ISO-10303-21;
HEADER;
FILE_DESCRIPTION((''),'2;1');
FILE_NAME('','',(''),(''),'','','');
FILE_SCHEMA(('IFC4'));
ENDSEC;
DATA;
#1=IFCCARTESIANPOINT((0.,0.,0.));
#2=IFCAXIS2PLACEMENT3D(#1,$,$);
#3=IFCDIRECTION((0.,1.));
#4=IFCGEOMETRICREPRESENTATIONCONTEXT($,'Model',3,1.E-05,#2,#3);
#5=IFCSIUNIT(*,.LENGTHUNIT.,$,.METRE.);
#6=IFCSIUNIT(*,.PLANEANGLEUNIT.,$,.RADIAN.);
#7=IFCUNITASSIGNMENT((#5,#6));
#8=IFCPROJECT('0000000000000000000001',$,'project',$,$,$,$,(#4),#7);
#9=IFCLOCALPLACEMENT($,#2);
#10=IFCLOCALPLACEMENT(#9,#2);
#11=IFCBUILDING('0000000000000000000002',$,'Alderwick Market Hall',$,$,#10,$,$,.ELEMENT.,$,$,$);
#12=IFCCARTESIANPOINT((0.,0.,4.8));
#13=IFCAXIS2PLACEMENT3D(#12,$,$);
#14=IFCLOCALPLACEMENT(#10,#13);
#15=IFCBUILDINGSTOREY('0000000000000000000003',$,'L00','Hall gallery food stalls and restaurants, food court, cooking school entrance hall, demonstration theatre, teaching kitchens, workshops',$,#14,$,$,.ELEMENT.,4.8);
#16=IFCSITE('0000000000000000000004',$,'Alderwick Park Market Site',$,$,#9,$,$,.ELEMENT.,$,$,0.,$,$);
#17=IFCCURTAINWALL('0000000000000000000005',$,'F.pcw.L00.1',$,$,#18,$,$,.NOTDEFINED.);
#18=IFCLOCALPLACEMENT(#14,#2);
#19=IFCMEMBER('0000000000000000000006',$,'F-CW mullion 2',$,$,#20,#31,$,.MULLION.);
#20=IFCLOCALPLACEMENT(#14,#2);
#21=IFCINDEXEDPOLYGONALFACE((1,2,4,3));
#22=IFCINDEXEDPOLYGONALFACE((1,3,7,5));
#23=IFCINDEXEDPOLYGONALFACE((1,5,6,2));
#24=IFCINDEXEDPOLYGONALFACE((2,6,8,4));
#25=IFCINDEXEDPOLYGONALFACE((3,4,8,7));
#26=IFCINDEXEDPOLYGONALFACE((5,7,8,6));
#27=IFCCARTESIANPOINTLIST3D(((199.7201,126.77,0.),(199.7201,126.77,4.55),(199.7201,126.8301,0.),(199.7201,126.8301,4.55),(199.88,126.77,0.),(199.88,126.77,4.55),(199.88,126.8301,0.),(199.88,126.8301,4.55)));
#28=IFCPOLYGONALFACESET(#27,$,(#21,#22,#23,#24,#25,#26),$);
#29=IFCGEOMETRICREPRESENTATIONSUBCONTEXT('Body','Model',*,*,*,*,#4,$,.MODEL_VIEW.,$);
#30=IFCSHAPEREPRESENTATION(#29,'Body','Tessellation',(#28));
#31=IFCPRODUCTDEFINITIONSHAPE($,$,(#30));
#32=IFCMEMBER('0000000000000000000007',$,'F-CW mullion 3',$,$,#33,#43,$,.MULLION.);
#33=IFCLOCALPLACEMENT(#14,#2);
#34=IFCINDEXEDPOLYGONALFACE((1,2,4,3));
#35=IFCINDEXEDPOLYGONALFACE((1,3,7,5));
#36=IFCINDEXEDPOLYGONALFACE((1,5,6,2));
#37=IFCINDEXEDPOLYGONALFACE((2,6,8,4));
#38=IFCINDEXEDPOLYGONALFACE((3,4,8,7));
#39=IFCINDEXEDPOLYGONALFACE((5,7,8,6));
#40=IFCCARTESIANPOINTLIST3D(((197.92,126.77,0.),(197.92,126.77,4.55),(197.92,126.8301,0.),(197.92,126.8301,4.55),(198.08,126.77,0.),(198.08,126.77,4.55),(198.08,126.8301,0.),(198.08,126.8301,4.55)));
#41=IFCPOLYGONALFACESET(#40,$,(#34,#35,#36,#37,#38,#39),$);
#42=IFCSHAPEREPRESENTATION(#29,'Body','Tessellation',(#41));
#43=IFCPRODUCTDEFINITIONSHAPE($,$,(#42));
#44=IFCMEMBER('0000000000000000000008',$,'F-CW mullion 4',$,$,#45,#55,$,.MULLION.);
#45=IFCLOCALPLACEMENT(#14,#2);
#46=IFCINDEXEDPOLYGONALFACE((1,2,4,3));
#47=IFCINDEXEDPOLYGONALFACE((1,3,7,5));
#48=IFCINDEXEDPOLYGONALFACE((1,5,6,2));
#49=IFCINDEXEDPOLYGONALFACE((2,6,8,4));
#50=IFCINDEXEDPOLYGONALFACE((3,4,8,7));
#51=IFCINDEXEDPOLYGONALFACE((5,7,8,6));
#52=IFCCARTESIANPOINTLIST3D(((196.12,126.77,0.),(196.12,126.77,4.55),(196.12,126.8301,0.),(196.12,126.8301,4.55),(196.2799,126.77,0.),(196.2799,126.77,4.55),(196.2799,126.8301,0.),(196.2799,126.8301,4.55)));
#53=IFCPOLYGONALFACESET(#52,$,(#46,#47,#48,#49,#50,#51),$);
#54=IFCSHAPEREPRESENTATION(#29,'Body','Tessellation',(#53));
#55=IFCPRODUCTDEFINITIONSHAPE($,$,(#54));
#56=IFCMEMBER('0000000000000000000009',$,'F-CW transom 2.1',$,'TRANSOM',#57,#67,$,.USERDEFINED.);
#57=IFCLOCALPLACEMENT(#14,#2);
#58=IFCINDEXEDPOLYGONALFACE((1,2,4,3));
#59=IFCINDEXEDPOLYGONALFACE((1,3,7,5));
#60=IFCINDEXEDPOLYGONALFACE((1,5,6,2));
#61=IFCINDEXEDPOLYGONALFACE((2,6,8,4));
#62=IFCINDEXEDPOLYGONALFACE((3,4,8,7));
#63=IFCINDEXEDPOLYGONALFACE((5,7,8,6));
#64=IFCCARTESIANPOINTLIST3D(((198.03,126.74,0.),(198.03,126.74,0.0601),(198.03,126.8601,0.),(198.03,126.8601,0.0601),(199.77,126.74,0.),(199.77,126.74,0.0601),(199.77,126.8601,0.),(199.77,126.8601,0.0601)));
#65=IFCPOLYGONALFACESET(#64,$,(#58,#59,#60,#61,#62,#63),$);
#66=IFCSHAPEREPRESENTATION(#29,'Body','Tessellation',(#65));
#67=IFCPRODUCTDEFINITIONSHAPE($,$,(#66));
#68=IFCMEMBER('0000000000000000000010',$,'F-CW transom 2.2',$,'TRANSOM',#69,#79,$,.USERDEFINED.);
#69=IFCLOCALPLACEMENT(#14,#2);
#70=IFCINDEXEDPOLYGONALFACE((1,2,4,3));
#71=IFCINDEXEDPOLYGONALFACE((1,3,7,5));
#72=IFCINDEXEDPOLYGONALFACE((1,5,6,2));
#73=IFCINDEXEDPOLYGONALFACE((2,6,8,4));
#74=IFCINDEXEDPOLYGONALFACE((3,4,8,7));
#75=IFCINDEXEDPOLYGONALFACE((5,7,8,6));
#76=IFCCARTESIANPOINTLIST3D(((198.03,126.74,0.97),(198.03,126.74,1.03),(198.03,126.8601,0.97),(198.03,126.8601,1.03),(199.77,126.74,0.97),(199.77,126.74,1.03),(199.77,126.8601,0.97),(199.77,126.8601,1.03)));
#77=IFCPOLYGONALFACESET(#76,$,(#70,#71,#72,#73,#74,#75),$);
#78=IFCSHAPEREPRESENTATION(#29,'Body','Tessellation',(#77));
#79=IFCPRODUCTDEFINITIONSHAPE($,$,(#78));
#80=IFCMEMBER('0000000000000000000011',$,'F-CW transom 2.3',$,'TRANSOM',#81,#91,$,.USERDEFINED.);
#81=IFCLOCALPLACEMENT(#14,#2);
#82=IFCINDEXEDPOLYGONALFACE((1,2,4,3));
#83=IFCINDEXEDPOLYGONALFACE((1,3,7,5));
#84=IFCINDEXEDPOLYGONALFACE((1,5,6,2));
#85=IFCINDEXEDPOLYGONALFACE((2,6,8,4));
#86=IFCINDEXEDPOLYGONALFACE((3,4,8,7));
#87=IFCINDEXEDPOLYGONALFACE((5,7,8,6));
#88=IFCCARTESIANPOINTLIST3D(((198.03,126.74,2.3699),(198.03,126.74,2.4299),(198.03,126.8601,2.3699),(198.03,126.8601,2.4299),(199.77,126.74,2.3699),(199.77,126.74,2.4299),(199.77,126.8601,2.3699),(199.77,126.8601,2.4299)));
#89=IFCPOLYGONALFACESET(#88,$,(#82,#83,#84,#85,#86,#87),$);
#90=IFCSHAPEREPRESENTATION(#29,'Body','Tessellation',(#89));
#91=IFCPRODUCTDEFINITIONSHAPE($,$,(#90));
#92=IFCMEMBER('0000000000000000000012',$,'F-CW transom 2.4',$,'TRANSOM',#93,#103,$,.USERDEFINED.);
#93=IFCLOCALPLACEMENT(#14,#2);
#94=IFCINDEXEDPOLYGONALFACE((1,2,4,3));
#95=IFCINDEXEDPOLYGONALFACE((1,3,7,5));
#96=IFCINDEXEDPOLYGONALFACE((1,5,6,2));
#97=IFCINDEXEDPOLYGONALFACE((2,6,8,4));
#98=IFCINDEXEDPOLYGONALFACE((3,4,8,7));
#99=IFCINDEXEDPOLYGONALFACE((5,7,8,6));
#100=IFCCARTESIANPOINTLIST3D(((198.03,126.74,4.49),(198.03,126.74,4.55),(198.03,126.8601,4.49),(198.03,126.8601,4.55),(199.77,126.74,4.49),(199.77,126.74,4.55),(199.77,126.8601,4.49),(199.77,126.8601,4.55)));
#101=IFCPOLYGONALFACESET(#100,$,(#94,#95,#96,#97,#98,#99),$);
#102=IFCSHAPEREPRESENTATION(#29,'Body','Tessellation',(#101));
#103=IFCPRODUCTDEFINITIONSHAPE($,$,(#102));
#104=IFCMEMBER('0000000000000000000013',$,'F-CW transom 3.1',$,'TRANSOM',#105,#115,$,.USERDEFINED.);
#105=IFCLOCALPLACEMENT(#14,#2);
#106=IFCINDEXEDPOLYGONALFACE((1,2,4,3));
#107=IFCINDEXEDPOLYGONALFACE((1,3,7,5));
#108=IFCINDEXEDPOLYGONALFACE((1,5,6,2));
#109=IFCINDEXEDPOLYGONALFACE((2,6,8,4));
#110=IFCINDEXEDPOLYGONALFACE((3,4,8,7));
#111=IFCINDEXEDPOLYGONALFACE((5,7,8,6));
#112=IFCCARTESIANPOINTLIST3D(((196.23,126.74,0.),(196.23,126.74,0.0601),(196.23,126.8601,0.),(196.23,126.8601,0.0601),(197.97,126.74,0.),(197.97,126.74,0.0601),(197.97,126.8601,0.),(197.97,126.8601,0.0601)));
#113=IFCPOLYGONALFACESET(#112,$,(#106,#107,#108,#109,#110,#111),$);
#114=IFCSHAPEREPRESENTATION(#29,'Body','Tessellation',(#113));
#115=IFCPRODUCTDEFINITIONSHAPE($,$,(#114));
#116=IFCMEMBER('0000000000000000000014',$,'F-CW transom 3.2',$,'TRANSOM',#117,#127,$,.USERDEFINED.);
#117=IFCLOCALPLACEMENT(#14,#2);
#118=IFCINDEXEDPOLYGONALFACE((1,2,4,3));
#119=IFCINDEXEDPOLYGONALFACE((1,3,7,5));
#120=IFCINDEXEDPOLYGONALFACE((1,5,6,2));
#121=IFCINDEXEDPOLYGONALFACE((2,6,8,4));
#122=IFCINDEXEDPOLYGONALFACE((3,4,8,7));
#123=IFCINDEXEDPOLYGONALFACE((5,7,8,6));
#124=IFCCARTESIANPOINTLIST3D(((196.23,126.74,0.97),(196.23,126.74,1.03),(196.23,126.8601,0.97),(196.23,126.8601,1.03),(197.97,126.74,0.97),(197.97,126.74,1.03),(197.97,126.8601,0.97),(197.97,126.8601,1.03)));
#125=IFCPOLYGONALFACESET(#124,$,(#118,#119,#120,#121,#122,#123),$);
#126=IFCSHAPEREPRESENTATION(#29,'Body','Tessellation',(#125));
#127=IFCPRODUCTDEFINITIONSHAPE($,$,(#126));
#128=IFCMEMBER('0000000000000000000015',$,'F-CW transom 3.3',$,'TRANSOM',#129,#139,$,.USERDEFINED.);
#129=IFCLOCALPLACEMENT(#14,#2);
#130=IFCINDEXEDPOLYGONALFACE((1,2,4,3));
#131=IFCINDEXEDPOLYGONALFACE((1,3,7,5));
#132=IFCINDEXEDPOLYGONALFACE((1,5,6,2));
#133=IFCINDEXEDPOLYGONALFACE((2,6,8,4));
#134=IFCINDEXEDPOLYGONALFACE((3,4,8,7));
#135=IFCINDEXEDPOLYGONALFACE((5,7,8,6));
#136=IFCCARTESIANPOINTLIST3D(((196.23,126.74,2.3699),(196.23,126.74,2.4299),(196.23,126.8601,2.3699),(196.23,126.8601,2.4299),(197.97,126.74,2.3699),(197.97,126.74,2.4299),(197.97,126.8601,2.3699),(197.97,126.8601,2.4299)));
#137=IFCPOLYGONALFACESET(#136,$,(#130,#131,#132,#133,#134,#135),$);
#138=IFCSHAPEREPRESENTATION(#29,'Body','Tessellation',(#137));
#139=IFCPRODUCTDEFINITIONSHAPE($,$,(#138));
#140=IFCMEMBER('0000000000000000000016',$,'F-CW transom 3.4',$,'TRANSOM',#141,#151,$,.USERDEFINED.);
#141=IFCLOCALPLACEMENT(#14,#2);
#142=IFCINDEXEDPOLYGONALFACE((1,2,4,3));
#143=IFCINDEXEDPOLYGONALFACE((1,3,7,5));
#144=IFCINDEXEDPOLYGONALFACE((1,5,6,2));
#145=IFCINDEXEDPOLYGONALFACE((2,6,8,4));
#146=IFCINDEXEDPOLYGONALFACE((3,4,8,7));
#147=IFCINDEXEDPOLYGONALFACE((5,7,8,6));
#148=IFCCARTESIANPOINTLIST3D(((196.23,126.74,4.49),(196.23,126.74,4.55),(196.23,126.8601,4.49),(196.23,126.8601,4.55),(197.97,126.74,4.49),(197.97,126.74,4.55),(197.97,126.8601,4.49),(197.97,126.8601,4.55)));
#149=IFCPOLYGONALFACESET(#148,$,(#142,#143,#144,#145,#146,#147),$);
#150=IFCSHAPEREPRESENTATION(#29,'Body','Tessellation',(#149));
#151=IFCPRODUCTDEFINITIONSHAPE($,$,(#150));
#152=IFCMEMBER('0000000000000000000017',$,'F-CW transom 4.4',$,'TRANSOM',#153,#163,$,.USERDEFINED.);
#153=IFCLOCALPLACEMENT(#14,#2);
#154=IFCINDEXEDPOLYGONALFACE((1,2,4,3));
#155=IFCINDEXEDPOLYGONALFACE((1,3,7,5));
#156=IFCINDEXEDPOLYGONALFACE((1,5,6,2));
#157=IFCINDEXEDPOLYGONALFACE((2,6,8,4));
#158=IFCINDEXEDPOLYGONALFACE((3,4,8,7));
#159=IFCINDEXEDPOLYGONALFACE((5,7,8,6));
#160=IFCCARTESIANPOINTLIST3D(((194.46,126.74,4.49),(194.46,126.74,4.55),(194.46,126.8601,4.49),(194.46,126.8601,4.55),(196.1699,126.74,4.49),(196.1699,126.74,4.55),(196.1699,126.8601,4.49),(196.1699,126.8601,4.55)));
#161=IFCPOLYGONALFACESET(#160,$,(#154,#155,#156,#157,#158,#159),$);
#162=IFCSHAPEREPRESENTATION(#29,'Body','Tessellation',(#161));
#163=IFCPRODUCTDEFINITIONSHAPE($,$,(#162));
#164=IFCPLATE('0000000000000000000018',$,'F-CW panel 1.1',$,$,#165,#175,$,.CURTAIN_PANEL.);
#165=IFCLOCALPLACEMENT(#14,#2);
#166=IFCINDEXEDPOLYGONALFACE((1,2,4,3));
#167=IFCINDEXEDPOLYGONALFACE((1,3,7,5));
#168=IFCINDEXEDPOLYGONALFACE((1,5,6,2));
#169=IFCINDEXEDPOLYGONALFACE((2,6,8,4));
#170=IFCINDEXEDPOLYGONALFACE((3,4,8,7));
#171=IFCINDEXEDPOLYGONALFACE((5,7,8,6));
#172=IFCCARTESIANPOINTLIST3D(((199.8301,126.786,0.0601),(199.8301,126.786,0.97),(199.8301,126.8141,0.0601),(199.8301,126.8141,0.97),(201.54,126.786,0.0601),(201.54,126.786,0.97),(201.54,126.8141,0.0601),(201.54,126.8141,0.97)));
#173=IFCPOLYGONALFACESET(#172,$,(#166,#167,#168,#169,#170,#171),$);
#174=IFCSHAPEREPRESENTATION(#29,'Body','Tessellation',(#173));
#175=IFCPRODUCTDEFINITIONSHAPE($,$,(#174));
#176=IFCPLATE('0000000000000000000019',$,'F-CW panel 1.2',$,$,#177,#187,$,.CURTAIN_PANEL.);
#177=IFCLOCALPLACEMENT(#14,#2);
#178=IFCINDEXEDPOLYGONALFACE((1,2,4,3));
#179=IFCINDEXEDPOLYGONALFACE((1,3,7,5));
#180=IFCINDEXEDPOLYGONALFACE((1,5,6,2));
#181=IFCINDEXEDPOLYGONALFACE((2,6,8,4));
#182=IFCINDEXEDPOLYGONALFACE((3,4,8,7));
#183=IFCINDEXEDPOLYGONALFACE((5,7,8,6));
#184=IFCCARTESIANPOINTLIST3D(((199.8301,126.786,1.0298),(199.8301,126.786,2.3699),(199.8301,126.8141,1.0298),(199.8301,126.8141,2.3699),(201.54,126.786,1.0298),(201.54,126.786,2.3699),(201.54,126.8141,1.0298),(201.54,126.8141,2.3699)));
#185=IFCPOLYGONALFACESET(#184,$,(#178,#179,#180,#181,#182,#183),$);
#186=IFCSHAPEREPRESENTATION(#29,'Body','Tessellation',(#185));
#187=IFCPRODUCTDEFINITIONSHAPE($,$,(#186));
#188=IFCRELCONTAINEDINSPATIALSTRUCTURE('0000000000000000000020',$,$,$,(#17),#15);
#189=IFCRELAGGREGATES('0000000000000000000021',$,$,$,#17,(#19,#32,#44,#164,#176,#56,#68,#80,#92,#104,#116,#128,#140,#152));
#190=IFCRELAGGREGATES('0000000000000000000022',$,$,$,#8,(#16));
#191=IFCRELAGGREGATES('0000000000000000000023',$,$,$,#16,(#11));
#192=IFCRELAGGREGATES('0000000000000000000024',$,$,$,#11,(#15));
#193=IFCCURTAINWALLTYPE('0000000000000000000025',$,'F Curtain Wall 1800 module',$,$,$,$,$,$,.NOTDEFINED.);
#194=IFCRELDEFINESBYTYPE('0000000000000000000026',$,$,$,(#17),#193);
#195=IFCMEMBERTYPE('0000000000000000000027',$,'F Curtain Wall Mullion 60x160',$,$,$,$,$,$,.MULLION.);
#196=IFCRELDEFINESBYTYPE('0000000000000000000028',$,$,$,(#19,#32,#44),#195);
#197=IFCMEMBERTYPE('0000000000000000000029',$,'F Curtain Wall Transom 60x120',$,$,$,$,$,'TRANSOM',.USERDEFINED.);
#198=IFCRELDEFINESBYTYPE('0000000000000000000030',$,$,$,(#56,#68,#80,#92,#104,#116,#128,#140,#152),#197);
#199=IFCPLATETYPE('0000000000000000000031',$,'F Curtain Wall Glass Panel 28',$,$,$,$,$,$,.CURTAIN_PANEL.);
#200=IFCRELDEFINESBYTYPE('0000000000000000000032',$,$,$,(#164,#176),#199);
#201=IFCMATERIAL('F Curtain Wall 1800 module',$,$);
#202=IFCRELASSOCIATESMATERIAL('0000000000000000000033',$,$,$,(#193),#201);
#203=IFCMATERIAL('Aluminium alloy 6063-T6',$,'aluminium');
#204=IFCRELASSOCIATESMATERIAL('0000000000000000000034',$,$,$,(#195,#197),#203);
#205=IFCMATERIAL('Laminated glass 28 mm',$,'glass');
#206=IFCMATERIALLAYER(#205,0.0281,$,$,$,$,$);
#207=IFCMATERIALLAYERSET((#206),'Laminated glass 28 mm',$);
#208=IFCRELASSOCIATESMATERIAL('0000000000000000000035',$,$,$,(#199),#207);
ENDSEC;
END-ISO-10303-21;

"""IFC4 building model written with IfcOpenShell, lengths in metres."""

from ifc_helpers import new_model, si_unit, direction, frame, origin, origin_2d, place, context, subcontext, project, spatial, rectangle, extrude, material, layer, layer_set, material_profile, profile_set, type_object, element, aggregate, save


model = new_model("IFC4")

# Units and contexts
model_context = context("Model", 3, precision=1e-05, world=origin(), true_north=direction((0.0, 1.0)))
body_context = subcontext(model_context, "Body", "Model", "MODEL_VIEW")
ifc_project = project(units=[si_unit("LENGTHUNIT", "METRE"), si_unit("PLANEANGLEUNIT", "RADIAN")], contexts=[model_context])

# Site, building, storey
site_placement = place(None, origin())
site = spatial("IfcSite", under=ifc_project, at=site_placement, Name="Alderwick Park Market Site", CompositionType="ELEMENT", RefElevation=0.0)
building_placement = place(site_placement, origin())
building = spatial("IfcBuilding", under=site, at=building_placement, Name="Alderwick Market Hall", CompositionType="ELEMENT")
storey_placement = place(building_placement, frame((0.0, 0.0, 4.8)))
storey = spatial("IfcBuildingStorey", under=building, at=storey_placement, Name="L00", Description="Hall gallery food stalls and restaurants, food court, cooking school entrance hall, demonstration theatre, teaching kitchens, workshops", CompositionType="ELEMENT", Elevation=4.8)

# Curtain wall, members, plates
ifc_material_1 = material(Name="F Curtain Wall 1800 module")
curtain_wall_type = type_object("IfcCurtainWallType", Name="F Curtain Wall 1800 module", PredefinedType="NOTDEFINED", material=ifc_material_1)
curtain_wall_placement = place(storey_placement, origin())
curtain_wall = element("IfcCurtainWall", 1, at=curtain_wall_placement, inside=storey, type_object=curtain_wall_type, Name="F.pcw.L00.1", PredefinedType="NOTDEFINED")
ifc_material_2 = material(Name="Aluminium alloy 6063-T6", Category="aluminium")
ifc_material_profile_1 = material_profile(ifc_material_2, rectangle(XDim=0.0601, YDim=0.1599, at=origin_2d()), Name="AL 60x160")
ifc_profile_set_1 = profile_set([ifc_material_profile_1], Name="Aluminium alloy 6063-T6")
member_type_1 = type_object("IfcMemberType", Name="F Curtain Wall Mullion 60x160", PredefinedType="MULLION", material=ifc_profile_set_1)
member_1_placement = place(storey_placement, frame((199.8, 126.8, 0.0), z_axis=(0.0, 0.0, 1.0), x_axis=(0.0, -1.0, 0.0)))
member_1 = element("IfcMember", 2, at=member_1_placement, type_object=member_type_1, Name="F-CW mullion 2", PredefinedType="MULLION", context=body_context, shape_type="SweptSolid", body=[
    extrude(rectangle(XDim=0.0601, YDim=0.1599, at=origin_2d()), origin(), (0.0, 0.0, 1.0), 4.55),
])
member_2_placement = place(storey_placement, frame((198.0, 126.8, 0.0), z_axis=(0.0, 0.0, 1.0), x_axis=(0.0, -1.0, 0.0)))
member_2 = element("IfcMember", 3, at=member_2_placement, type_object=member_type_1, Name="F-CW mullion 3", PredefinedType="MULLION", context=body_context, shape_type="SweptSolid", body=[
    extrude(rectangle(XDim=0.0601, YDim=0.1599, at=origin_2d()), origin(), (0.0, 0.0, 1.0), 4.55),
])
member_3_placement = place(storey_placement, frame((196.2, 126.8, 0.0), z_axis=(0.0, 0.0, 1.0), x_axis=(0.0, -1.0, 0.0)))
member_3 = element("IfcMember", 4, at=member_3_placement, type_object=member_type_1, Name="F-CW mullion 4", PredefinedType="MULLION", context=body_context, shape_type="SweptSolid", body=[
    extrude(rectangle(XDim=0.0601, YDim=0.1599, at=origin_2d()), origin(), (0.0, 0.0, 1.0), 4.55),
])
ifc_material_profile_2 = material_profile(ifc_material_2, rectangle(XDim=0.1201, YDim=0.0601, at=origin_2d()), Name="AL 60x120")
ifc_profile_set_2 = profile_set([ifc_material_profile_2], Name="Aluminium alloy 6063-T6")
member_type_2 = type_object("IfcMemberType", Name="F Curtain Wall Transom 60x120", ElementType="TRANSOM", PredefinedType="USERDEFINED", material=ifc_profile_set_2)
member_4_placement = place(storey_placement, frame((199.77, 126.8, 0.03), z_axis=(-1.0, 0.0, 0.0), x_axis=(0.0, -1.0, 0.0)))
member_4 = element("IfcMember", 5, at=member_4_placement, type_object=member_type_2, Name="F-CW transom 2.1", ObjectType="TRANSOM", PredefinedType="USERDEFINED", context=body_context, shape_type="SweptSolid", body=[
    extrude(rectangle(XDim=0.1201, YDim=0.0601, at=origin_2d()), origin(), (0.0, 0.0, 1.0), 1.74),
])
member_5_placement = place(storey_placement, frame((199.77, 126.8, 1.0), z_axis=(-1.0, 0.0, 0.0), x_axis=(0.0, -1.0, 0.0)))
member_5 = element("IfcMember", 6, at=member_5_placement, type_object=member_type_2, Name="F-CW transom 2.2", ObjectType="TRANSOM", PredefinedType="USERDEFINED", context=body_context, shape_type="SweptSolid", body=[
    extrude(rectangle(XDim=0.1201, YDim=0.0601, at=origin_2d()), origin(), (0.0, 0.0, 1.0), 1.74),
])
member_6_placement = place(storey_placement, frame((199.77, 126.8, 2.3999), z_axis=(-1.0, 0.0, 0.0), x_axis=(0.0, -1.0, 0.0)))
member_6 = element("IfcMember", 7, at=member_6_placement, type_object=member_type_2, Name="F-CW transom 2.3", ObjectType="TRANSOM", PredefinedType="USERDEFINED", context=body_context, shape_type="SweptSolid", body=[
    extrude(rectangle(XDim=0.1201, YDim=0.0601, at=origin_2d()), origin(), (0.0, 0.0, 1.0), 1.74),
])
member_7_placement = place(storey_placement, frame((199.77, 126.8, 4.52), z_axis=(-1.0, 0.0, 0.0), x_axis=(0.0, -1.0, 0.0)))
member_7 = element("IfcMember", 8, at=member_7_placement, type_object=member_type_2, Name="F-CW transom 2.4", ObjectType="TRANSOM", PredefinedType="USERDEFINED", context=body_context, shape_type="SweptSolid", body=[
    extrude(rectangle(XDim=0.1201, YDim=0.0601, at=origin_2d()), origin(), (0.0, 0.0, 1.0), 1.74),
])
member_8_placement = place(storey_placement, frame((197.97, 126.8, 0.03), z_axis=(-1.0, 0.0, 0.0), x_axis=(0.0, -1.0, 0.0)))
member_8 = element("IfcMember", 9, at=member_8_placement, type_object=member_type_2, Name="F-CW transom 3.1", ObjectType="TRANSOM", PredefinedType="USERDEFINED", context=body_context, shape_type="SweptSolid", body=[
    extrude(rectangle(XDim=0.1201, YDim=0.0601, at=origin_2d()), origin(), (0.0, 0.0, 1.0), 1.74),
])
member_9_placement = place(storey_placement, frame((197.97, 126.8, 1.0), z_axis=(-1.0, 0.0, 0.0), x_axis=(0.0, -1.0, 0.0)))
member_9 = element("IfcMember", 10, at=member_9_placement, type_object=member_type_2, Name="F-CW transom 3.2", ObjectType="TRANSOM", PredefinedType="USERDEFINED", context=body_context, shape_type="SweptSolid", body=[
    extrude(rectangle(XDim=0.1201, YDim=0.0601, at=origin_2d()), origin(), (0.0, 0.0, 1.0), 1.74),
])
member_10_placement = place(storey_placement, frame((197.97, 126.8, 2.3999), z_axis=(-1.0, 0.0, 0.0), x_axis=(0.0, -1.0, 0.0)))
member_10 = element("IfcMember", 11, at=member_10_placement, type_object=member_type_2, Name="F-CW transom 3.3", ObjectType="TRANSOM", PredefinedType="USERDEFINED", context=body_context, shape_type="SweptSolid", body=[
    extrude(rectangle(XDim=0.1201, YDim=0.0601, at=origin_2d()), origin(), (0.0, 0.0, 1.0), 1.74),
])
member_11_placement = place(storey_placement, frame((197.97, 126.8, 4.52), z_axis=(-1.0, 0.0, 0.0), x_axis=(0.0, -1.0, 0.0)))
member_11 = element("IfcMember", 12, at=member_11_placement, type_object=member_type_2, Name="F-CW transom 3.4", ObjectType="TRANSOM", PredefinedType="USERDEFINED", context=body_context, shape_type="SweptSolid", body=[
    extrude(rectangle(XDim=0.1201, YDim=0.0601, at=origin_2d()), origin(), (0.0, 0.0, 1.0), 1.74),
])
member_12_placement = place(storey_placement, frame((196.1699, 126.8, 4.52), z_axis=(-1.0, 0.0, 0.0), x_axis=(0.0, -1.0, 0.0)))
member_12 = element("IfcMember", 13, at=member_12_placement, type_object=member_type_2, Name="F-CW transom 4.4", ObjectType="TRANSOM", PredefinedType="USERDEFINED", context=body_context, shape_type="SweptSolid", body=[
    extrude(rectangle(XDim=0.1201, YDim=0.0601, at=origin_2d()), origin(), (0.0, 0.0, 1.0), 1.71),
])
ifc_material_3 = material(Name="Laminated glass 28 mm", Category="glass")
ifc_layer = layer(ifc_material_3, 0.0281)
ifc_layer_set = layer_set([ifc_layer], Name="Laminated glass 28 mm")
plate_type = type_object("IfcPlateType", Name="F Curtain Wall Glass Panel 28", PredefinedType="CURTAIN_PANEL", material=ifc_layer_set)
plate_1_placement = place(storey_placement, frame((200.6851, 126.8, 0.0601), z_axis=(0.0, 0.0, 1.0), x_axis=(-1.0, 0.0, 0.0)))
plate_1 = element("IfcPlate", 14, at=plate_1_placement, type_object=plate_type, Name="F-CW panel 1.1", PredefinedType="CURTAIN_PANEL", context=body_context, shape_type="SweptSolid", body=[
    extrude(rectangle(XDim=1.71, YDim=0.0281, at=origin_2d()), origin(), (0.0, 0.0, 1.0), 0.9099),
])
plate_2_placement = place(storey_placement, frame((200.6851, 126.8, 1.0298), z_axis=(0.0, 0.0, 1.0), x_axis=(-1.0, 0.0, 0.0)))
plate_2 = element("IfcPlate", 15, at=plate_2_placement, type_object=plate_type, Name="F-CW panel 1.2", PredefinedType="CURTAIN_PANEL", context=body_context, shape_type="SweptSolid", body=[
    extrude(rectangle(XDim=1.71, YDim=0.0281, at=origin_2d()), origin(), (0.0, 0.0, 1.0), 1.3401),
])
aggregate(curtain_wall, [member_1, member_2, member_3, plate_1, plate_2, member_4, member_5, member_6, member_7, member_8, member_9, member_10, member_11, member_12])

save(model, "model.ifc")
